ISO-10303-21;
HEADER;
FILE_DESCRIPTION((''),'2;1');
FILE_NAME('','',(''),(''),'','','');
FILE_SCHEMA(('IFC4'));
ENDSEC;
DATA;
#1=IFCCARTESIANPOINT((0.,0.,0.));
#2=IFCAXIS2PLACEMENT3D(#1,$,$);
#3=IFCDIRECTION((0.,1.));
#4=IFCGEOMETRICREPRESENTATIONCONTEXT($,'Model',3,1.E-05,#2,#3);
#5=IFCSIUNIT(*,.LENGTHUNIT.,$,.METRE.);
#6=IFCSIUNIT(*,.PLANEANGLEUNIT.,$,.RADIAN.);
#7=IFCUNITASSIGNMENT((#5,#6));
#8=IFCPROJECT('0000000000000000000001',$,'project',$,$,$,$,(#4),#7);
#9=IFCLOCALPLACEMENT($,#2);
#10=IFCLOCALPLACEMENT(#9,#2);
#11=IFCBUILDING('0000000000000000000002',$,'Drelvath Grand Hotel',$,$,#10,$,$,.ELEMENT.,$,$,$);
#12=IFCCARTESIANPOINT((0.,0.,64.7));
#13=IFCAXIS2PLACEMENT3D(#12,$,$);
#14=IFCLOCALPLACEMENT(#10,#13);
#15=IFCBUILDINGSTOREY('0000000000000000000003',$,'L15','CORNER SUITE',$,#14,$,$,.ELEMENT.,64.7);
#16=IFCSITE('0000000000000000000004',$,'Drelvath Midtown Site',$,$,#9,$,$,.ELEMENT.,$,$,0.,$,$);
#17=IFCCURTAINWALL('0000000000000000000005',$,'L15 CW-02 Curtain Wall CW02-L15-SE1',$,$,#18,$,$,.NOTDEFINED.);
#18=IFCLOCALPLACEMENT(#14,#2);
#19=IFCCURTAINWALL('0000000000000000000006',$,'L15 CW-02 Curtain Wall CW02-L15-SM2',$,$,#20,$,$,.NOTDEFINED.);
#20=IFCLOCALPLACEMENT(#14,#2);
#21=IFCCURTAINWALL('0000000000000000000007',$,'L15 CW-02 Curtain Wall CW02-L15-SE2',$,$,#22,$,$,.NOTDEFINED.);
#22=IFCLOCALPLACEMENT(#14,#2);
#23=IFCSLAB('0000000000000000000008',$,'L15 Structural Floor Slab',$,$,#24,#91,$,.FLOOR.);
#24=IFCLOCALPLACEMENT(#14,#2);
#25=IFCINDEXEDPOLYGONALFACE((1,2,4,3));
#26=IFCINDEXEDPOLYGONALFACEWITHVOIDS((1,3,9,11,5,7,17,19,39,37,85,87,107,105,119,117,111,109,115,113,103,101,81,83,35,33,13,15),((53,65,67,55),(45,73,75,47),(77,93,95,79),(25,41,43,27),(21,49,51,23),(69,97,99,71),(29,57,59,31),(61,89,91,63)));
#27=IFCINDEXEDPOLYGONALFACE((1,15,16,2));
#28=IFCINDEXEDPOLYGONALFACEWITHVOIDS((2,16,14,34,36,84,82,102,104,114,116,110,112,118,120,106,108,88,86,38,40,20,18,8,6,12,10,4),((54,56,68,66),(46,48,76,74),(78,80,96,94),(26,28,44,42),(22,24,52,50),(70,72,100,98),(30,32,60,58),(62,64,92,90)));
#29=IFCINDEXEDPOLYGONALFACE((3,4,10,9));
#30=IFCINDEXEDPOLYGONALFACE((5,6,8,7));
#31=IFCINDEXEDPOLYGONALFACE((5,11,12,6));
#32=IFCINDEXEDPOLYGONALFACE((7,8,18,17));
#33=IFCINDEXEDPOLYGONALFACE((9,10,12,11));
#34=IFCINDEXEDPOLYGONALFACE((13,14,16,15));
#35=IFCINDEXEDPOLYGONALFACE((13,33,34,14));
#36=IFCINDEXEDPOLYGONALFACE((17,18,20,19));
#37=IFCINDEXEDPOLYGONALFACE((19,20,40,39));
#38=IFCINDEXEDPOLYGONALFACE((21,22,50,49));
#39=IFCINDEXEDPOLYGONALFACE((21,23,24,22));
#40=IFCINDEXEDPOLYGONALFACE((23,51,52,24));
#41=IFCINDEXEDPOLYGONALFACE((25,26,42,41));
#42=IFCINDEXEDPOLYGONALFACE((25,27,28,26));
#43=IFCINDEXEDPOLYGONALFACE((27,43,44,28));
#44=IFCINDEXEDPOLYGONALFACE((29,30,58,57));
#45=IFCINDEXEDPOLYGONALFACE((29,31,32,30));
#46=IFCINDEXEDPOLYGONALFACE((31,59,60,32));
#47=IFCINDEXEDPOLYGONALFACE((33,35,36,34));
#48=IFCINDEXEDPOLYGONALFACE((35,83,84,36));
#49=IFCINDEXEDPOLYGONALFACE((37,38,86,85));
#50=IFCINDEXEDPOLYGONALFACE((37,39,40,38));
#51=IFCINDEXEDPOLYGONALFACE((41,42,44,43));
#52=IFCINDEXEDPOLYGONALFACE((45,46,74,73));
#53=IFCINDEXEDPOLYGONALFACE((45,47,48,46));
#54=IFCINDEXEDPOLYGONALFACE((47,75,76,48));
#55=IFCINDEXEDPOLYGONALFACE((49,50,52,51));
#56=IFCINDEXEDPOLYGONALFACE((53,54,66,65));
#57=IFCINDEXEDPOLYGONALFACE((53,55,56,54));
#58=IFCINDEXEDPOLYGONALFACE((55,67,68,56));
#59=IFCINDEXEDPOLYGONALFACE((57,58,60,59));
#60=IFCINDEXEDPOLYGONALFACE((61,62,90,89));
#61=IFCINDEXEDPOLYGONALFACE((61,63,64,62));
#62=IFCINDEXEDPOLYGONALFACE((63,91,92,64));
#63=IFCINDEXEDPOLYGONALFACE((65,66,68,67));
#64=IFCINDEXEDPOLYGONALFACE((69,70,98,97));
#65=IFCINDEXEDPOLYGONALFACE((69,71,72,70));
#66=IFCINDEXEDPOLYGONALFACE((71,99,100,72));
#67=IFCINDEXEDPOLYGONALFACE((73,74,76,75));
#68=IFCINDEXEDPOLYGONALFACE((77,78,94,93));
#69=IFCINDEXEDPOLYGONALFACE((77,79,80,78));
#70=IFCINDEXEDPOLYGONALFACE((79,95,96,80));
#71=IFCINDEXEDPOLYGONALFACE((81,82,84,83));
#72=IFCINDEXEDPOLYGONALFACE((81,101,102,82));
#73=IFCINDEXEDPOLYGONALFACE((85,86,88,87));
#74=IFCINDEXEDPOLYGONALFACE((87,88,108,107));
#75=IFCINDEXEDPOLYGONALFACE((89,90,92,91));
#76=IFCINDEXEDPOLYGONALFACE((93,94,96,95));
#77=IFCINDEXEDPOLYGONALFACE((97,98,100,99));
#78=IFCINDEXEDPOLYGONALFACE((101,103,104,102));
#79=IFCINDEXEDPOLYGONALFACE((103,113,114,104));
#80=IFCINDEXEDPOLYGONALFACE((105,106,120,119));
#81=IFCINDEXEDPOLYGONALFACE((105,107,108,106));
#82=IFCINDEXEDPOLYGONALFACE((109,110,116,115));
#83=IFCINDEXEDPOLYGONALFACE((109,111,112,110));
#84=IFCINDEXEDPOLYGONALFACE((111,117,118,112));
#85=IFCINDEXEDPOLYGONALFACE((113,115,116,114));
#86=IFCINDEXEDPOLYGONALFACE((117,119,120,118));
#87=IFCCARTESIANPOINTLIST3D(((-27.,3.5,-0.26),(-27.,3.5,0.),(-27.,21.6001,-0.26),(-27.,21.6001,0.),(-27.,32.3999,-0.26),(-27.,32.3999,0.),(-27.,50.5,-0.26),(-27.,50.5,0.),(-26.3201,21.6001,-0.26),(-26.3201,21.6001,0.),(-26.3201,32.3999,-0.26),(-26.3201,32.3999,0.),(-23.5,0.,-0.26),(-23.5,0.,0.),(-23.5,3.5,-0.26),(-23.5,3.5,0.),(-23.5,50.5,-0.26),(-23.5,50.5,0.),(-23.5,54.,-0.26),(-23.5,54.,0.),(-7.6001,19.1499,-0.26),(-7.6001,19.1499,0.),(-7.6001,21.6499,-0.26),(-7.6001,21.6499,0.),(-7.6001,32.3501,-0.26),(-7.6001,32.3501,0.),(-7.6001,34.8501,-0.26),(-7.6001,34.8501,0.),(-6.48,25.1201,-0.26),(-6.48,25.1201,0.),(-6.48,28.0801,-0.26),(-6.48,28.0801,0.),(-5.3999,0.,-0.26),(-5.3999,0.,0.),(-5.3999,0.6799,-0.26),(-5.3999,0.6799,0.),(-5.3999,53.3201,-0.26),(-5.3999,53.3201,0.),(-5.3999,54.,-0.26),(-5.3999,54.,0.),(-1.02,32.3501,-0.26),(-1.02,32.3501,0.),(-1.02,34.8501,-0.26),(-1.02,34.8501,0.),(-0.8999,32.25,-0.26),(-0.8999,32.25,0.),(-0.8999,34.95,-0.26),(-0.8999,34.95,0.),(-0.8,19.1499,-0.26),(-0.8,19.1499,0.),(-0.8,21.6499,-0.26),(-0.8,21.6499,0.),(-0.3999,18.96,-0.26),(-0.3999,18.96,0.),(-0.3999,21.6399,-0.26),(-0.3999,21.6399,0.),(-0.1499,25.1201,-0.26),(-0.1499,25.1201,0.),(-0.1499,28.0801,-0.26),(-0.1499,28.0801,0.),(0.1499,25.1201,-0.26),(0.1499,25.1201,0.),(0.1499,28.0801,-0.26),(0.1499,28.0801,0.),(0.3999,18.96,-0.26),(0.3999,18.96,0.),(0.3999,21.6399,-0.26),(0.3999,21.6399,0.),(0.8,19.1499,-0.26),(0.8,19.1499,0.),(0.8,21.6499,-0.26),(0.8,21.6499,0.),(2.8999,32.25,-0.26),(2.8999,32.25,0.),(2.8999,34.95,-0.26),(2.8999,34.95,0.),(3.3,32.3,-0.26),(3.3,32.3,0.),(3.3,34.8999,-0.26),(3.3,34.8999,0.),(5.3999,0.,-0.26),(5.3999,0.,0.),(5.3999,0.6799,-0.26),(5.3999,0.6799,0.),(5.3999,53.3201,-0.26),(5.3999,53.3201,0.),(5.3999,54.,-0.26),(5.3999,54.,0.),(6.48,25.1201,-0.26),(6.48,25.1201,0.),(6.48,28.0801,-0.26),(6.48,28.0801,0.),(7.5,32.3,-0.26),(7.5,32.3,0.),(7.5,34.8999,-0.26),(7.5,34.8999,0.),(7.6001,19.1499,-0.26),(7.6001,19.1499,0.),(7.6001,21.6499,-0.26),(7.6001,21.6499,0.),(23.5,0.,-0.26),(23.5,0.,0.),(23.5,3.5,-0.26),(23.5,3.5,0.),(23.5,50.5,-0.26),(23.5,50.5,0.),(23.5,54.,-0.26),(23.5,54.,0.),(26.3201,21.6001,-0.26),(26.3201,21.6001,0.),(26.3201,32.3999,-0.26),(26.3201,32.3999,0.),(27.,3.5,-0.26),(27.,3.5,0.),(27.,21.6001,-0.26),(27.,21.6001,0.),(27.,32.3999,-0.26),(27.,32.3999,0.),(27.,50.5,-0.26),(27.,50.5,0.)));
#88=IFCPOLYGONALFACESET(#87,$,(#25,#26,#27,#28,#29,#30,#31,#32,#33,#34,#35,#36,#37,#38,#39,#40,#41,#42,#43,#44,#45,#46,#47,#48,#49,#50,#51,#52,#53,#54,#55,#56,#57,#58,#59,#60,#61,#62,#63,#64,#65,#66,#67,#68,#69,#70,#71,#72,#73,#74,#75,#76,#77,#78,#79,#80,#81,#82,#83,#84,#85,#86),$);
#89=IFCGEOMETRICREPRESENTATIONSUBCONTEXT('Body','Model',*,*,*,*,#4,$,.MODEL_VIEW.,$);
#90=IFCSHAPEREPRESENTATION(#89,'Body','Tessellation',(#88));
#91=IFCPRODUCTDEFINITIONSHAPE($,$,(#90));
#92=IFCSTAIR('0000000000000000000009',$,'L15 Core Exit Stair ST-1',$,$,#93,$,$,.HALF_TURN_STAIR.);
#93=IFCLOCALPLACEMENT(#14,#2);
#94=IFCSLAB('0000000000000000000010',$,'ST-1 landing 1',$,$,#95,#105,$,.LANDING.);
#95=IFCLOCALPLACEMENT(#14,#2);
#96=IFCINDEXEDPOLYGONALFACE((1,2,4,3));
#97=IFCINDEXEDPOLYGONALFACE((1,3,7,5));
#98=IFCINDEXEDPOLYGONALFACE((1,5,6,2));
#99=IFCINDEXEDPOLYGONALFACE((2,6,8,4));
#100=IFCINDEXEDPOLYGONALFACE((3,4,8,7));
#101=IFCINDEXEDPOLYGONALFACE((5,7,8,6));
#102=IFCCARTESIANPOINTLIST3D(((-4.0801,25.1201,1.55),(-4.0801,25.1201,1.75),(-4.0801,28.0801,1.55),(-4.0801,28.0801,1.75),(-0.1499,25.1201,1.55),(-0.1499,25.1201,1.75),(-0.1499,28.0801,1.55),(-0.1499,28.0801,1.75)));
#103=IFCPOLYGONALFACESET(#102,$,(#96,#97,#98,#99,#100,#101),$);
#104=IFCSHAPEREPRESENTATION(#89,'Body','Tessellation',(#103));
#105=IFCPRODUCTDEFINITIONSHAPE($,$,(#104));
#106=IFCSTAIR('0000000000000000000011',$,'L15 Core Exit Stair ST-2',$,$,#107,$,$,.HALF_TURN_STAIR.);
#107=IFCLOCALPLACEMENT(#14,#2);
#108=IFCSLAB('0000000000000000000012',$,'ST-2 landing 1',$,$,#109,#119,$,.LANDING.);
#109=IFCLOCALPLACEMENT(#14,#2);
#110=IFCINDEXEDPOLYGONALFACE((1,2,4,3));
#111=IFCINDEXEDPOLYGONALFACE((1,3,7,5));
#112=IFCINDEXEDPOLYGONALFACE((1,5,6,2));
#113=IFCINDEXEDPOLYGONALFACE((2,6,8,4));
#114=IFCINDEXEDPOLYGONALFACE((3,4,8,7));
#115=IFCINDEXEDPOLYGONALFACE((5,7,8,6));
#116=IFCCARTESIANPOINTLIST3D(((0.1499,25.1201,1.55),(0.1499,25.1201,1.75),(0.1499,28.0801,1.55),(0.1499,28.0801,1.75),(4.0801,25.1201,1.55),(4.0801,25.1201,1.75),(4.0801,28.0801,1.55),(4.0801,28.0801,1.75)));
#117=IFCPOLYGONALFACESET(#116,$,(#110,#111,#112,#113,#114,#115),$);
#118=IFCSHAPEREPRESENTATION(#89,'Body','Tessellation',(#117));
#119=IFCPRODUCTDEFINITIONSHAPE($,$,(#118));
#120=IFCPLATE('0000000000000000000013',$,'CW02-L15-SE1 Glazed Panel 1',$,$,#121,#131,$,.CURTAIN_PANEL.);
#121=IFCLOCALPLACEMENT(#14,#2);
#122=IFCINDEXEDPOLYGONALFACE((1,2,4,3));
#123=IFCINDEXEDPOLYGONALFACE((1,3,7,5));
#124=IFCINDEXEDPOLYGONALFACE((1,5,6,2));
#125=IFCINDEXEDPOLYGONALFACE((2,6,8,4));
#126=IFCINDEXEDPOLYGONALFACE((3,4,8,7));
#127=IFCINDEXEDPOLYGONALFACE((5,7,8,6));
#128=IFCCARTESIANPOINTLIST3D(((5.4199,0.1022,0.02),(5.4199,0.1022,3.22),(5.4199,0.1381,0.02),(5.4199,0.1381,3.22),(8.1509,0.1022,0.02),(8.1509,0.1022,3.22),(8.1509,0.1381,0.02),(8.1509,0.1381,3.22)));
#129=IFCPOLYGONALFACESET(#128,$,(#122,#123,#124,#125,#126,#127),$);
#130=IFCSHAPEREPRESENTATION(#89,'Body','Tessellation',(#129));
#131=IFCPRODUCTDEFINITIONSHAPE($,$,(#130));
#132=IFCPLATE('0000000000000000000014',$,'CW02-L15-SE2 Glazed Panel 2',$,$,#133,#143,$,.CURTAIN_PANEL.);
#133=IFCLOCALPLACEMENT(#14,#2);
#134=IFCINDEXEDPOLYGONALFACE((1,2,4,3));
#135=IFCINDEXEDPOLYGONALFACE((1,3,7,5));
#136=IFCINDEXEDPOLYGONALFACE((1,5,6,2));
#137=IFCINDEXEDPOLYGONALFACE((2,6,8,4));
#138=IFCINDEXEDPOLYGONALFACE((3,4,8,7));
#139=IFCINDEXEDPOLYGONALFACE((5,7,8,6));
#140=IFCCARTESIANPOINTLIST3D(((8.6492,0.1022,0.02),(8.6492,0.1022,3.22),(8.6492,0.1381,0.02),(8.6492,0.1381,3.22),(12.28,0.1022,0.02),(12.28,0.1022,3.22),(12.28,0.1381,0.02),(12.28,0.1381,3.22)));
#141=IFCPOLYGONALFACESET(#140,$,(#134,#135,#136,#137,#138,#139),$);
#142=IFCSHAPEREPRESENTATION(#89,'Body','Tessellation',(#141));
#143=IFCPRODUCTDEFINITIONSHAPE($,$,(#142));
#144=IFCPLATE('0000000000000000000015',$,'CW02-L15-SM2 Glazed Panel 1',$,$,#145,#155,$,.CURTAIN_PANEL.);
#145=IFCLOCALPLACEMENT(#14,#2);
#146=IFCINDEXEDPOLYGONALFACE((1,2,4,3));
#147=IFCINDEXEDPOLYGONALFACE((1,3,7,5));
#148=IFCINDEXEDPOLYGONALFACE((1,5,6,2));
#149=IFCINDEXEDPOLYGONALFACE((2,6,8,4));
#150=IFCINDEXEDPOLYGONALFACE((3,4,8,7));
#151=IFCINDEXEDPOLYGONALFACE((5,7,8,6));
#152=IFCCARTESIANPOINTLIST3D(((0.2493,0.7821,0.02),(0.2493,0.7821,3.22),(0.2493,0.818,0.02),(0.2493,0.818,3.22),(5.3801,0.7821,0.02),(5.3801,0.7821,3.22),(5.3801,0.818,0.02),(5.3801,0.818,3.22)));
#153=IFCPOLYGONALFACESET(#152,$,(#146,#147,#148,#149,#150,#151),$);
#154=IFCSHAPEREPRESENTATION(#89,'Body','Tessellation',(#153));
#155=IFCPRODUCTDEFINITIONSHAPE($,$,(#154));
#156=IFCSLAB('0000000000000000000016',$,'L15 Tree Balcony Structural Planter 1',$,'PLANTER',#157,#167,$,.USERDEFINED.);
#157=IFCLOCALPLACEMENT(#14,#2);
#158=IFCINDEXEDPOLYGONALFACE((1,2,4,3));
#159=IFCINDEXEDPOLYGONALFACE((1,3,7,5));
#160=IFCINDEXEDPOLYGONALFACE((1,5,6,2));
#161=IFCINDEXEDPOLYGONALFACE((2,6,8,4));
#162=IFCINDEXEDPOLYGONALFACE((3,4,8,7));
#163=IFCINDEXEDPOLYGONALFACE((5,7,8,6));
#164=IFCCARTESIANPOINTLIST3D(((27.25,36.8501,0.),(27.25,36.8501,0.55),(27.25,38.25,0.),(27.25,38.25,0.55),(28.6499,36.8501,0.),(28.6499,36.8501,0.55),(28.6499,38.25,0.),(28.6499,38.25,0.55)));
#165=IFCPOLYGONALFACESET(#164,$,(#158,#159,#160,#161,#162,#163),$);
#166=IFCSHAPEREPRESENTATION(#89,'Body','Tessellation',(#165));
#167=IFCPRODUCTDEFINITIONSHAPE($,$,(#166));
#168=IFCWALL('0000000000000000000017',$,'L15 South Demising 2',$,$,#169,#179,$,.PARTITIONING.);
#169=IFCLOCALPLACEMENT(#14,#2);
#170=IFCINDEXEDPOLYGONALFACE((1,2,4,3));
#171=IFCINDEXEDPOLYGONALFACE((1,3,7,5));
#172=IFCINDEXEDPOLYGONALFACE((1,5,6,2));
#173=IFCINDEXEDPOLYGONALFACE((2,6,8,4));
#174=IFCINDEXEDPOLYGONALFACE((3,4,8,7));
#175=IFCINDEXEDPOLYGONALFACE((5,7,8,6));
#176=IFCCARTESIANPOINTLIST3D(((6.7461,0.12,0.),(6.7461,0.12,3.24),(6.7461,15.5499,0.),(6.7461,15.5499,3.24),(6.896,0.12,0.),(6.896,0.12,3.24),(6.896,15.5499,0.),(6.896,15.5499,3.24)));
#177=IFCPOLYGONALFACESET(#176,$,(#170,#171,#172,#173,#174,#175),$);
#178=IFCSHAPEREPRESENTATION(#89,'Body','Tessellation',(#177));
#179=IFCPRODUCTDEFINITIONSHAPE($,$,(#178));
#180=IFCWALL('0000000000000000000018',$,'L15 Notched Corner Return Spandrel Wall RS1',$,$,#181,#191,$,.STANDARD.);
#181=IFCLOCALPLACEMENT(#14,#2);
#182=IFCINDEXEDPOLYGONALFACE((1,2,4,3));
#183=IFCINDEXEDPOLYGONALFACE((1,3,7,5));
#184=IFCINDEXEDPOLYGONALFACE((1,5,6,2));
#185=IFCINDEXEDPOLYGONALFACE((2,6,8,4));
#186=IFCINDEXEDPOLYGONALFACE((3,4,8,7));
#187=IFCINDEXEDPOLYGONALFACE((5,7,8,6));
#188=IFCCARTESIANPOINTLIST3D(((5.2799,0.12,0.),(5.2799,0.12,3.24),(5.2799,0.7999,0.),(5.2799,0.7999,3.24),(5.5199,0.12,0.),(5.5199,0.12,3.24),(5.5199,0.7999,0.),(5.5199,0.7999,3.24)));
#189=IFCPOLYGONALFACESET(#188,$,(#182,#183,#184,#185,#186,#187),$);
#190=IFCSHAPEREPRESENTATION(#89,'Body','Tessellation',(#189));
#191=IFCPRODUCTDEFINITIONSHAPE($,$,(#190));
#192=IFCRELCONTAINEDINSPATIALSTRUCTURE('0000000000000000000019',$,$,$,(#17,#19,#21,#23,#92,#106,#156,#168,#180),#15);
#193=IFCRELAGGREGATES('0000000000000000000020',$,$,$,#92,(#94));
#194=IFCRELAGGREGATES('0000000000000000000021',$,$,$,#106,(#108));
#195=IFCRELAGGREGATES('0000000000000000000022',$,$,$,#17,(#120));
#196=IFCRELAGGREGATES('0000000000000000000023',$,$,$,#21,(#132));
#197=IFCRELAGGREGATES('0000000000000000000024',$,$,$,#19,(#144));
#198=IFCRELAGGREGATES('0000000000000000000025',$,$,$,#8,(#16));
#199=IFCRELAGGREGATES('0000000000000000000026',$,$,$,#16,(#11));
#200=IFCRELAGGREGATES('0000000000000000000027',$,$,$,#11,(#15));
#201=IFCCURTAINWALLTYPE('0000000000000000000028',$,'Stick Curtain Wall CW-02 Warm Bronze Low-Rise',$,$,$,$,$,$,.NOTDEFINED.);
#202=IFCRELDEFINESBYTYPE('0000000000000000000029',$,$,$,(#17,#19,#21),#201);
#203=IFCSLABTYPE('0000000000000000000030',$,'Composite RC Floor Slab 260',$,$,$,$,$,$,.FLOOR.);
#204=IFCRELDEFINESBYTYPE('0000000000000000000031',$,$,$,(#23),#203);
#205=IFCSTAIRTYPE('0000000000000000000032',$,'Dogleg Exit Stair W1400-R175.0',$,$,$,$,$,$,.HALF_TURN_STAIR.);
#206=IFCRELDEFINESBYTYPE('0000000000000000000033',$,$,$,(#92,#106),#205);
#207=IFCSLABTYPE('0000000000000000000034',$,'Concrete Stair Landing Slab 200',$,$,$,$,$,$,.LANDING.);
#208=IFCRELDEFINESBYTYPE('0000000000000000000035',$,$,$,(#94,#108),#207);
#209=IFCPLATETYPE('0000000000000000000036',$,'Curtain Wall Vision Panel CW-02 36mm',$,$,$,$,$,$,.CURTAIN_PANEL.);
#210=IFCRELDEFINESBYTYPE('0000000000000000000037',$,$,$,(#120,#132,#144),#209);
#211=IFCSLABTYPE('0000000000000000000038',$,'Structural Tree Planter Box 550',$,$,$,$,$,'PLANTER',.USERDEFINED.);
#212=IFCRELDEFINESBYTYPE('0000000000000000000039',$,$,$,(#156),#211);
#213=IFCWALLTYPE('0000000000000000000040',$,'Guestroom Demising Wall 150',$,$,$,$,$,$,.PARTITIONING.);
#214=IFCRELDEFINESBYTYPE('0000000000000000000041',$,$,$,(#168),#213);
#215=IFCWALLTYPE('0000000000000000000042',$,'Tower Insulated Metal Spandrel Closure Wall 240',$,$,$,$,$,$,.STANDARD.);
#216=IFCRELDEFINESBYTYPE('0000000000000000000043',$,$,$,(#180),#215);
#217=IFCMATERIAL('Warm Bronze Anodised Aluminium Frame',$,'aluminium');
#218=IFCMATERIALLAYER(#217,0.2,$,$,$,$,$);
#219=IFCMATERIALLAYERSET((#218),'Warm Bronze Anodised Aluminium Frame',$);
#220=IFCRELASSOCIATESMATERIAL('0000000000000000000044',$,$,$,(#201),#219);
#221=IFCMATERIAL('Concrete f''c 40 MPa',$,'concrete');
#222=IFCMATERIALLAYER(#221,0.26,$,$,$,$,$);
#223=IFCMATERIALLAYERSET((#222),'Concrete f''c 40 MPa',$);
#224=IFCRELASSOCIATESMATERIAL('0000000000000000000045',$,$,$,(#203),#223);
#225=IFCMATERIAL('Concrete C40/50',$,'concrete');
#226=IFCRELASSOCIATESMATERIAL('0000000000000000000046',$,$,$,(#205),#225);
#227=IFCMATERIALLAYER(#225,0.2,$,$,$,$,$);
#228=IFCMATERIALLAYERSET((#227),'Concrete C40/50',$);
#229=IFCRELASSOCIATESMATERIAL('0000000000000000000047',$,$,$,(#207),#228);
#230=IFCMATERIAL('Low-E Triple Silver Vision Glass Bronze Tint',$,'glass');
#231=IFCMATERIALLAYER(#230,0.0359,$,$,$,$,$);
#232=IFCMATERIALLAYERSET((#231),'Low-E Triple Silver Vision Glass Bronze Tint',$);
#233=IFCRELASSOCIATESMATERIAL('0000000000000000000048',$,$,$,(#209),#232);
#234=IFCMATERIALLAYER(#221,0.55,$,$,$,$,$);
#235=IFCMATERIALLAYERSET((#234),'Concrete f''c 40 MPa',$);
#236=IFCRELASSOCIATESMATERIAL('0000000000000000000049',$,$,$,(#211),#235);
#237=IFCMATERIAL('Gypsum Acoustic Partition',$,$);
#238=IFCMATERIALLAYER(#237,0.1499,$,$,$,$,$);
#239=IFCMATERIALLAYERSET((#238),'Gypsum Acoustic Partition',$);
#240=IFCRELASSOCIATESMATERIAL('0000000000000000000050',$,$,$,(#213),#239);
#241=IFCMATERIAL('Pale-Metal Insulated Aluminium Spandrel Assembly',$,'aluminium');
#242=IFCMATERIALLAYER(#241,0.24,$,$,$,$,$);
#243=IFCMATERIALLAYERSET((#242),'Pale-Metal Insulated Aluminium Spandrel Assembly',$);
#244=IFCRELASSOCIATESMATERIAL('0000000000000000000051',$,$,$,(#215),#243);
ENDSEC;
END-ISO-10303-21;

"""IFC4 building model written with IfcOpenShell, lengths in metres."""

from ifc_helpers import new_model, si_unit, direction, frame, frame_2d, origin, origin_2d, place, context, subcontext, project, spatial, polyline, rectangle, outline, extrude, material, layer, layer_set, type_object, element, aggregate, save


model = new_model("IFC4")

# Units and contexts
model_context = context("Model", 3, precision=1e-05, world=origin(), true_north=direction((0.0, 1.0)))
body_context = subcontext(model_context, "Body", "Model", "MODEL_VIEW")
ifc_project = project(units=[si_unit("LENGTHUNIT", "METRE"), si_unit("PLANEANGLEUNIT", "RADIAN")], contexts=[model_context])

# Site, building, storey
site_placement = place(None, origin())
site = spatial("IfcSite", under=ifc_project, at=site_placement, Name="Drelvath Midtown Site", CompositionType="ELEMENT", RefElevation=0.0)
building_placement = place(site_placement, origin())
building = spatial("IfcBuilding", under=site, at=building_placement, Name="Drelvath Grand Hotel", CompositionType="ELEMENT")
storey_placement = place(building_placement, frame((0.0, 0.0, 64.7)))
storey = spatial("IfcBuildingStorey", under=building, at=storey_placement, Name="L15", Description="CORNER SUITE", CompositionType="ELEMENT", Elevation=64.7)

# Curtain walls
ifc_material_1 = material(Name="Warm Bronze Anodised Aluminium Frame", Category="aluminium")
ifc_layer_1 = layer(ifc_material_1, 0.2)
ifc_layer_set_1 = layer_set([ifc_layer_1], Name="Warm Bronze Anodised Aluminium Frame")
curtain_wall_type = type_object("IfcCurtainWallType", Name="Stick Curtain Wall CW-02 Warm Bronze Low-Rise", PredefinedType="NOTDEFINED", material=ifc_layer_set_1)
curtain_wall_1_placement = place(storey_placement, origin())
curtain_wall_1 = element("IfcCurtainWall", 1, at=curtain_wall_1_placement, inside=storey, type_object=curtain_wall_type, Name="L15 CW-02 Curtain Wall CW02-L15-SE1", PredefinedType="NOTDEFINED")
curtain_wall_2_placement = place(storey_placement, origin())
curtain_wall_2 = element("IfcCurtainWall", 2, at=curtain_wall_2_placement, inside=storey, type_object=curtain_wall_type, Name="L15 CW-02 Curtain Wall CW02-L15-SM2", PredefinedType="NOTDEFINED")

# Curtain wall
curtain_wall_3_placement = place(storey_placement, origin())
curtain_wall_3 = element("IfcCurtainWall", 3, at=curtain_wall_3_placement, inside=storey, type_object=curtain_wall_type, Name="L15 CW-02 Curtain Wall CW02-L15-SE2", PredefinedType="NOTDEFINED")

# Slab
ifc_material_2 = material(Name="Concrete f'c 40 MPa", Category="concrete")
ifc_layer_2 = layer(ifc_material_2, 0.26)
ifc_layer_set_2 = layer_set([ifc_layer_2], Name="Concrete f'c 40 MPa")
slab_type_1 = type_object("IfcSlabType", Name="Composite RC Floor Slab 260", PredefinedType="FLOOR", material=ifc_layer_set_2)
slab_1_placement = place(storey_placement, frame((0.0, 0.0, -0.26)))
element("IfcSlab", 4, at=slab_1_placement, inside=storey, type_object=slab_type_1, Name="L15 Structural Floor Slab", PredefinedType="FLOOR", context=body_context, shape_type="SweptSolid", body=[
    extrude(outline(polyline([(-23.5, 0.0), (-5.3999, 0.0), (-5.3999, 0.6799), (5.3999, 0.6799), (5.3999, 0.0), (23.5, 0.0), (23.5, 3.5), (27.0, 3.5), (27.0, 21.6001), (26.3201, 21.6001), (26.3201, 32.3999), (27.0, 32.3999), (27.0, 50.5), (23.5, 50.5), (23.5, 54.0), (5.3999, 54.0), (5.3999, 53.3201), (-5.3999, 53.3201), (-5.3999, 54.0), (-23.5, 54.0), (-23.5, 50.5), (-27.0, 50.5), (-27.0, 32.3999), (-26.3201, 32.3999), (-26.3201, 21.6001), (-27.0, 21.6001), (-27.0, 3.5), (-23.5, 3.5), (-23.5, 0.0)]), holes=[polyline([(-6.48, 25.1201), (-6.48, 28.0801), (-0.1499, 28.0801), (-0.1499, 25.1201), (-6.48, 25.1201)]), polyline([(0.1499, 25.1201), (0.1499, 28.0801), (6.48, 28.0801), (6.48, 25.1201), (0.1499, 25.1201)]), polyline([(-7.6001, 19.1499), (-7.6001, 21.6499), (-0.8, 21.6499), (-0.8, 19.1499), (-7.6001, 19.1499)]), polyline([(-0.3999, 18.96), (-0.3999, 21.6399), (0.3999, 21.6399), (0.3999, 18.96), (-0.3999, 18.96)]), polyline([(0.8, 19.1499), (0.8, 21.6499), (7.6001, 21.6499), (7.6001, 19.1499), (0.8, 19.1499)]), polyline([(-7.6001, 32.3501), (-7.6001, 34.8501), (-1.02, 34.8501), (-1.02, 32.3501), (-7.6001, 32.3501)]), polyline([(-0.8999, 32.25), (-0.8999, 34.95), (2.8999, 34.95), (2.8999, 32.25), (-0.8999, 32.25)]), polyline([(3.3, 32.3), (3.3, 34.8999), (7.5, 34.8999), (7.5, 32.3), (3.3, 32.3)])]), origin(), (0.0, 0.0, 1.0), 0.26),
])

# Stairs, slabs
ifc_material_3 = material(Name="Concrete C40/50", Category="concrete")
stair_type = type_object("IfcStairType", Name="Dogleg Exit Stair W1400-R175.0", PredefinedType="HALF_TURN_STAIR", material=ifc_material_3)
stair_1_placement = place(storey_placement, origin())
stair_1 = element("IfcStair", 5, at=stair_1_placement, inside=storey, type_object=stair_type, Name="L15 Core Exit Stair ST-1", PredefinedType="HALF_TURN_STAIR")
ifc_layer_3 = layer(ifc_material_3, 0.2)
ifc_layer_set_3 = layer_set([ifc_layer_3], Name="Concrete C40/50")
slab_type_2 = type_object("IfcSlabType", Name="Concrete Stair Landing Slab 200", PredefinedType="LANDING", material=ifc_layer_set_3)
slab_2_placement = place(storey_placement, frame((0.0, 0.0, 1.55)))
slab_2 = element("IfcSlab", 6, at=slab_2_placement, type_object=slab_type_2, Name="ST-1 landing 1", PredefinedType="LANDING", context=body_context, shape_type="SweptSolid", body=[
    extrude(outline(polyline([(-4.0801, 25.1201), (-0.1499, 25.1201), (-0.1499, 28.0801), (-4.0801, 28.0801), (-4.0801, 25.1201)])), origin(), (0.0, 0.0, 1.0), 0.2),
])
aggregate(stair_1, [slab_2])
stair_2_placement = place(storey_placement, origin())
stair_2 = element("IfcStair", 7, at=stair_2_placement, inside=storey, type_object=stair_type, Name="L15 Core Exit Stair ST-2", PredefinedType="HALF_TURN_STAIR")
slab_3_placement = place(storey_placement, frame((0.0, 0.0, 1.55)))
slab_3 = element("IfcSlab", 8, at=slab_3_placement, type_object=slab_type_2, Name="ST-2 landing 1", PredefinedType="LANDING", context=body_context, shape_type="SweptSolid", body=[
    extrude(outline(polyline([(4.0801, 28.0801), (0.1499, 28.0801), (0.1499, 25.1201), (4.0801, 25.1201), (4.0801, 28.0801)])), origin(), (0.0, 0.0, 1.0), 0.2),
])
aggregate(stair_2, [slab_3])

# Plates
ifc_material_4 = material(Name="Low-E Triple Silver Vision Glass Bronze Tint", Category="glass")
ifc_layer_4 = layer(ifc_material_4, 0.0359)
ifc_layer_set_4 = layer_set([ifc_layer_4], Name="Low-E Triple Silver Vision Glass Bronze Tint")
plate_type = type_object("IfcPlateType", Name="Curtain Wall Vision Panel CW-02 36mm", PredefinedType="CURTAIN_PANEL", material=ifc_layer_set_4)
plate_1_placement = place(storey_placement, frame((6.7854, 0.1201, 0.02), z_axis=(0.0, 0.0, 1.0), x_axis=(-1.0, 0.0, 0.0)))
plate_1 = element("IfcPlate", 9, at=plate_1_placement, type_object=plate_type, Name="CW02-L15-SE1 Glazed Panel 1", PredefinedType="CURTAIN_PANEL", context=body_context, shape_type="SweptSolid", body=[
    extrude(rectangle(XDim=2.731, YDim=0.0359, at=origin_2d()), origin(), (0.0, 0.0, 1.0), 3.2),
])
aggregate(curtain_wall_1, [plate_1])
plate_2_placement = place(storey_placement, frame((10.4646, 0.1201, 0.02), z_axis=(0.0, 0.0, 1.0), x_axis=(-1.0, 0.0, 0.0)))
plate_2 = element("IfcPlate", 10, at=plate_2_placement, type_object=plate_type, Name="CW02-L15-SE2 Glazed Panel 2", PredefinedType="CURTAIN_PANEL", context=body_context, shape_type="SweptSolid", body=[
    extrude(rectangle(XDim=3.6309, YDim=0.0359, at=origin_2d()), origin(), (0.0, 0.0, 1.0), 3.2),
])
aggregate(curtain_wall_3, [plate_2])
plate_3_placement = place(storey_placement, frame((2.8147, 0.8, 0.02), z_axis=(0.0, 0.0, 1.0), x_axis=(-1.0, 0.0, 0.0)))
plate_3 = element("IfcPlate", 11, at=plate_3_placement, type_object=plate_type, Name="CW02-L15-SM2 Glazed Panel 1", PredefinedType="CURTAIN_PANEL", context=body_context, shape_type="SweptSolid", body=[
    extrude(rectangle(XDim=5.1309, YDim=0.0359, at=origin_2d()), origin(), (0.0, 0.0, 1.0), 3.2),
])
aggregate(curtain_wall_2, [plate_3])

# Slab
ifc_layer_5 = layer(ifc_material_2, 0.55)
ifc_layer_set_5 = layer_set([ifc_layer_5], Name="Concrete f'c 40 MPa")
slab_type_3 = type_object("IfcSlabType", Name="Structural Tree Planter Box 550", ElementType="PLANTER", PredefinedType="USERDEFINED", material=ifc_layer_set_5)
slab_4_placement = place(storey_placement, origin())
element("IfcSlab", 12, at=slab_4_placement, inside=storey, type_object=slab_type_3, Name="L15 Tree Balcony Structural Planter 1", ObjectType="PLANTER", PredefinedType="USERDEFINED", context=body_context, shape_type="SweptSolid", body=[
    extrude(outline(polyline([(27.25, 36.8501), (28.6499, 36.8501), (28.6499, 38.25), (27.25, 38.25), (27.25, 36.8501)])), origin(), (0.0, 0.0, 1.0), 0.55),
])

# Walls
ifc_material_5 = material(Name="Gypsum Acoustic Partition")
ifc_layer_6 = layer(ifc_material_5, 0.1499)
ifc_layer_set_6 = layer_set([ifc_layer_6], Name="Gypsum Acoustic Partition")
wall_type_1 = type_object("IfcWallType", Name="Guestroom Demising Wall 150", PredefinedType="PARTITIONING", material=ifc_layer_set_6)
wall_1_placement = place(storey_placement, frame((6.821, 0.1201, 0.0), z_axis=(0.0, 0.0, 1.0), x_axis=(0.0, 1.0, 0.0)))
element("IfcWall", 13, at=wall_1_placement, inside=storey, type_object=wall_type_1, Name="L15 South Demising 2", PredefinedType="PARTITIONING", context=body_context, shape_type="SweptSolid", body=[
    extrude(rectangle(XDim=15.4299, YDim=0.1499, at=frame_2d((7.7148, 0.0))), origin(), (0.0, 0.0, 1.0), 3.24),
])
ifc_material_6 = material(Name="Pale-Metal Insulated Aluminium Spandrel Assembly", Category="aluminium")
ifc_layer_7 = layer(ifc_material_6, 0.24)
ifc_layer_set_7 = layer_set([ifc_layer_7], Name="Pale-Metal Insulated Aluminium Spandrel Assembly")
wall_type_2 = type_object("IfcWallType", Name="Tower Insulated Metal Spandrel Closure Wall 240", PredefinedType="STANDARD", material=ifc_layer_set_7)
wall_2_placement = place(storey_placement, frame((5.3999, 0.1201, 0.0), z_axis=(0.0, 0.0, 1.0), x_axis=(0.0, 1.0, 0.0)))
element("IfcWall", 14, at=wall_2_placement, inside=storey, type_object=wall_type_2, Name="L15 Notched Corner Return Spandrel Wall RS1", PredefinedType="STANDARD", context=body_context, shape_type="SweptSolid", body=[
    extrude(rectangle(XDim=0.6799, YDim=0.24, at=frame_2d((0.3398, 0.0))), origin(), (0.0, 0.0, 1.0), 3.24),
])

save(model, "model.ifc")
